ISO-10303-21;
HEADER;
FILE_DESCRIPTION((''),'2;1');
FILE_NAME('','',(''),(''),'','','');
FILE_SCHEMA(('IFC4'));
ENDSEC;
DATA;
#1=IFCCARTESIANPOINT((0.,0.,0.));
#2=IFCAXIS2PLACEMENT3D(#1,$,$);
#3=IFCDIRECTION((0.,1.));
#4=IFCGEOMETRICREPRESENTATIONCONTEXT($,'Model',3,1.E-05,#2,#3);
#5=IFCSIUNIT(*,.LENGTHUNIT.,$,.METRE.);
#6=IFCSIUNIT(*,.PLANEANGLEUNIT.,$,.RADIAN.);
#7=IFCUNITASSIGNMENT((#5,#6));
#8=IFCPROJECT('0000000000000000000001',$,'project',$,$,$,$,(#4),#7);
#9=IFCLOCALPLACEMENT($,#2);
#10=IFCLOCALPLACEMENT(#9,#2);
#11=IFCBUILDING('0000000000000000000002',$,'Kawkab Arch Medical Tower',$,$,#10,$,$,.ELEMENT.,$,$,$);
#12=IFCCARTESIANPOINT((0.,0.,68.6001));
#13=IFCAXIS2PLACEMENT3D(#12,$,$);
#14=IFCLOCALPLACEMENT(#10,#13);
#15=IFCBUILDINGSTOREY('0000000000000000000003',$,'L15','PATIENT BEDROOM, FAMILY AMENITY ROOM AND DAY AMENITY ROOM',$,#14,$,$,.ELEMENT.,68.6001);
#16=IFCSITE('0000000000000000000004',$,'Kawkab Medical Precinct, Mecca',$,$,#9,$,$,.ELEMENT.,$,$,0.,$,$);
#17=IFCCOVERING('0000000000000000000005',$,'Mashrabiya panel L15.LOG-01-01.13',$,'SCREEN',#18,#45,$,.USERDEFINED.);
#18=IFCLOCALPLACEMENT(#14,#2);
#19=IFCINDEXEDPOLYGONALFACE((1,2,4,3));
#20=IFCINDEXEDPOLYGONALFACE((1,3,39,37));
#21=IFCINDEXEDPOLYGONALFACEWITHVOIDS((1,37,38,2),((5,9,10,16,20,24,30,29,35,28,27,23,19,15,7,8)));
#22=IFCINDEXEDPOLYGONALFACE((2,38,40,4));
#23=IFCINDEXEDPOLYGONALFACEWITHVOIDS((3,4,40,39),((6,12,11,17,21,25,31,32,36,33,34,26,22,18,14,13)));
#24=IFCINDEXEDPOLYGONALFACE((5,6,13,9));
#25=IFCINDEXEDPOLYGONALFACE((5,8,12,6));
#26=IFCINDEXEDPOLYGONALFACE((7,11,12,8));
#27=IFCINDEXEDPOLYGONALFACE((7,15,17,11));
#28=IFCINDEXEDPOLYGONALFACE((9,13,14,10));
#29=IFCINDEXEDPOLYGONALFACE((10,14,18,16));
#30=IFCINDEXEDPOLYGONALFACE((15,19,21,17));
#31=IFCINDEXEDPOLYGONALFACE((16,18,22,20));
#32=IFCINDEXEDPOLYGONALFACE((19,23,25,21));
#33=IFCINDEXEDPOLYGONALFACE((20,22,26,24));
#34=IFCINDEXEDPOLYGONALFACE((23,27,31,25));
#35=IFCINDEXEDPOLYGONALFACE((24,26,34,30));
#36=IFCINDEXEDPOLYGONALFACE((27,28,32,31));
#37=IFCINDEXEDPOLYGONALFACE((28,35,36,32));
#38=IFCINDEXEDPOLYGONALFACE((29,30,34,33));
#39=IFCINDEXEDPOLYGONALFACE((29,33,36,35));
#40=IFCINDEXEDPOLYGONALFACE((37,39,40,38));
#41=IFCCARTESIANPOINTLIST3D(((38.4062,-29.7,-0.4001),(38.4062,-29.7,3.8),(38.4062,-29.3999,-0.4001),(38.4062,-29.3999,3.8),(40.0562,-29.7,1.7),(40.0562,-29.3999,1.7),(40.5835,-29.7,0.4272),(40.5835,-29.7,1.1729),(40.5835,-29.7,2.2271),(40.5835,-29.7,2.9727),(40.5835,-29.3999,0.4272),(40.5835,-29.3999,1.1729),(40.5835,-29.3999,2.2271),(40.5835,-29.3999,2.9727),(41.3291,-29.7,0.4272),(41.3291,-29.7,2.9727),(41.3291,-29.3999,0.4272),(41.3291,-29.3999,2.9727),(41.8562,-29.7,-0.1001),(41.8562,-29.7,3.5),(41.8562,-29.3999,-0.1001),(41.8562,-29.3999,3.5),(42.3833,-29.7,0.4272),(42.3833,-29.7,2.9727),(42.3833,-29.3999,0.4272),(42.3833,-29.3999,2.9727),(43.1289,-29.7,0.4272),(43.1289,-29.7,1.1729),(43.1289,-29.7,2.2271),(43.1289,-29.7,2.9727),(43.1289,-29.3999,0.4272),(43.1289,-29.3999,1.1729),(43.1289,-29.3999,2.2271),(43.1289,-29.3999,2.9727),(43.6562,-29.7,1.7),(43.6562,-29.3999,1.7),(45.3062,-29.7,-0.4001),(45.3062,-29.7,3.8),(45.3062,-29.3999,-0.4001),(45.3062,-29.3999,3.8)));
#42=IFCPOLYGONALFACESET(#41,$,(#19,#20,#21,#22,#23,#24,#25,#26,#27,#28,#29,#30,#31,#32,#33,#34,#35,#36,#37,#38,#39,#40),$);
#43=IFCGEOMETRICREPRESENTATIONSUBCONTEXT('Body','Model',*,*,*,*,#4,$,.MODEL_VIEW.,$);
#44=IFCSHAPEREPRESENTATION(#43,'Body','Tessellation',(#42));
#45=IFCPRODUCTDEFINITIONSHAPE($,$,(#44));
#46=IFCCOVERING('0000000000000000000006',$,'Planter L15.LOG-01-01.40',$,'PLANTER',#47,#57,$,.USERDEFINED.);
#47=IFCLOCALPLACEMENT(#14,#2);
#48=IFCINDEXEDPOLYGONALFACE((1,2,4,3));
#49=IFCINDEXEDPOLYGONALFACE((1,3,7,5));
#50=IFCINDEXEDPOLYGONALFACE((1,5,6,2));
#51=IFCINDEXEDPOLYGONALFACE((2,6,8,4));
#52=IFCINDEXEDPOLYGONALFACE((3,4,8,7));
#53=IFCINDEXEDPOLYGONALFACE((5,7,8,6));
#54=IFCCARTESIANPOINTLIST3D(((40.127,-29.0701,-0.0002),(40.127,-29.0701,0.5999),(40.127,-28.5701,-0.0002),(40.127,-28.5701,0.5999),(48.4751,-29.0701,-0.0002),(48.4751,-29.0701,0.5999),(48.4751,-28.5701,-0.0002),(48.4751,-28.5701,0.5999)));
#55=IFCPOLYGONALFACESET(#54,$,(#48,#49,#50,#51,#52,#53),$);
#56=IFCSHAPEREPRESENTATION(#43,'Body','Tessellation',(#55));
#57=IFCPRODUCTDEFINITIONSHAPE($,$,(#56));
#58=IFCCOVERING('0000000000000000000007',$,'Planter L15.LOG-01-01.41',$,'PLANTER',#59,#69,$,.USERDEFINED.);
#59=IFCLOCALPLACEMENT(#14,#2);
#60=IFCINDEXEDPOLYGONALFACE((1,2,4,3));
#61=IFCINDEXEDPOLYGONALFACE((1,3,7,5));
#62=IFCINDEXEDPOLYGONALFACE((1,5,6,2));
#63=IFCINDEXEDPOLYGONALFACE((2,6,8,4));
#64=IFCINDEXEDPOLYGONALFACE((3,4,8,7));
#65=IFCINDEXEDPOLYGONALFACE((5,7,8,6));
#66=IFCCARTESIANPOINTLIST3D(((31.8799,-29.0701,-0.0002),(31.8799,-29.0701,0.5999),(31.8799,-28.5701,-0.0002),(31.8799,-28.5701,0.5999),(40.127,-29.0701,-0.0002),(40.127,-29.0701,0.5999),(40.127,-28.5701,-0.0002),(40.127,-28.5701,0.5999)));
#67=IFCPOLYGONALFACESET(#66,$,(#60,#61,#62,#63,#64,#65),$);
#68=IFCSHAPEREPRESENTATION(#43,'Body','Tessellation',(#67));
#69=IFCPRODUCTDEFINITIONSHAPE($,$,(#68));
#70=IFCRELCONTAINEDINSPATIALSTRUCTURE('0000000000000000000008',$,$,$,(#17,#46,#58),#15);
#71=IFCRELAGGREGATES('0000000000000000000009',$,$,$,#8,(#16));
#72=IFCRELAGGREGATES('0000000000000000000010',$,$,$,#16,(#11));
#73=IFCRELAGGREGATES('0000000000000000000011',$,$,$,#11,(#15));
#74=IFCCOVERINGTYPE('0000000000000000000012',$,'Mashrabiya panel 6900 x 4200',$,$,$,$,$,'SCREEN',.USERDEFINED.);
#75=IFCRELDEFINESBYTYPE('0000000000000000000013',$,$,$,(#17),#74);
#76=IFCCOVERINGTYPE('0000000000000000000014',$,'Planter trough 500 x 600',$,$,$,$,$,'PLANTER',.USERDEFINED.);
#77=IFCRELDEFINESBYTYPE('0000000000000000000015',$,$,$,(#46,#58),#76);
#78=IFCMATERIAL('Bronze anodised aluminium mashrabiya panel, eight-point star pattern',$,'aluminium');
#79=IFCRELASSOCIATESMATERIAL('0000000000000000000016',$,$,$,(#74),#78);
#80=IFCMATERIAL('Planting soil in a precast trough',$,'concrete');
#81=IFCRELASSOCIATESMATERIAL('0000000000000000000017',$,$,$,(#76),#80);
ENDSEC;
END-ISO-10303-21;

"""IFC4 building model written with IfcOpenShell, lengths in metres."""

from ifc_helpers import new_model, si_unit, direction, frame, origin, origin_2d, place, context, subcontext, project, spatial, polyline, rectangle, outline, extrude, material, material_profile, profile_set, type_object, element, save


model = new_model("IFC4")

# Units and contexts
model_context = context("Model", 3, precision=1e-05, world=origin(), true_north=direction((0.0, 1.0)))
body_context = subcontext(model_context, "Body", "Model", "MODEL_VIEW")
ifc_project = project(units=[si_unit("LENGTHUNIT", "METRE"), si_unit("PLANEANGLEUNIT", "RADIAN")], contexts=[model_context])

# Site, building, storey
site_placement = place(None, origin())
site = spatial("IfcSite", under=ifc_project, at=site_placement, Name="Kawkab Medical Precinct, Mecca", CompositionType="ELEMENT", RefElevation=0.0)
building_placement = place(site_placement, origin())
building = spatial("IfcBuilding", under=site, at=building_placement, Name="Kawkab Arch Medical Tower", CompositionType="ELEMENT")
storey_placement = place(building_placement, frame((0.0, 0.0, 68.6001)))
storey = spatial("IfcBuildingStorey", under=building, at=storey_placement, Name="L15", Description="PATIENT BEDROOM, FAMILY AMENITY ROOM AND DAY AMENITY ROOM", CompositionType="ELEMENT", Elevation=68.6001)

# Coverings
ifc_material_1 = material(Name="Bronze anodised aluminium mashrabiya panel, eight-point star pattern", Category="aluminium")
ifc_material_profile_1 = material_profile(ifc_material_1, outline(polyline([(-3.45, -2.1001), (3.45, -2.1001), (3.45, 2.1001), (-3.45, 2.1001), (-3.45, -2.1001)]), holes=[polyline([(1.8, 0.0), (1.2727, 0.5271), (1.2727, 1.2727), (0.5271, 1.2727), (0.0, 1.8), (-0.5271, 1.2727), (-1.2727, 1.2727), (-1.2727, 0.5271), (-1.8, 0.0), (-1.2727, -0.5271), (-1.2727, -1.2727), (-0.5271, -1.2727), (0.0, -1.8), (0.5271, -1.2727), (1.2727, -1.2727), (1.2727, -0.5271), (1.8, 0.0)])]), Name="Mashrabiya panel 6900x4200")
ifc_profile_set_1 = profile_set([ifc_material_profile_1], Name="Bronze anodised aluminium mashrabiya panel, eight-point star pattern")
covering_type_1 = type_object("IfcCoveringType", Name="Mashrabiya panel 6900 x 4200", ElementType="SCREEN", PredefinedType="USERDEFINED", material=ifc_profile_set_1)
covering_1_placement = place(storey_placement, frame((41.8562, -29.3999, 1.7), z_axis=(0.0, -1.0, 0.0), x_axis=(1.0, 0.0, 0.0)))
element("IfcCovering", 1, at=covering_1_placement, inside=storey, type_object=covering_type_1, Name="Mashrabiya panel L15.LOG-01-01.13", ObjectType="SCREEN", PredefinedType="USERDEFINED", context=body_context, shape_type="SweptSolid", body=[
    extrude(outline(polyline([(-3.45, -2.1001), (3.45, -2.1001), (3.45, 2.1001), (-3.45, 2.1001), (-3.45, -2.1001)]), holes=[polyline([(1.8, 0.0), (1.2727, 0.5271), (1.2727, 1.2727), (0.5271, 1.2727), (0.0, 1.8), (-0.5271, 1.2727), (-1.2727, 1.2727), (-1.2727, 0.5271), (-1.8, 0.0), (-1.2727, -0.5271), (-1.2727, -1.2727), (-0.5271, -1.2727), (0.0, -1.8), (0.5271, -1.2727), (1.2727, -1.2727), (1.2727, -0.5271), (1.8, 0.0)])]), origin(), (0.0, 0.0, 1.0), 0.3),
])
ifc_material_2 = material(Name="Planting soil in a precast trough", Category="concrete")
ifc_material_profile_2 = material_profile(ifc_material_2, rectangle(XDim=0.5, YDim=0.6001, at=origin_2d()), Name="Trough 500x600")
ifc_profile_set_2 = profile_set([ifc_material_profile_2], Name="Planting soil in a precast trough")
covering_type_2 = type_object("IfcCoveringType", Name="Planter trough 500 x 600", ElementType="PLANTER", PredefinedType="USERDEFINED", material=ifc_profile_set_2)
covering_2_placement = place(storey_placement, frame((48.4751, -28.8201, 0.2998), z_axis=(-1.0, 0.0, 0.0), x_axis=(0.0, -1.0, 0.0)))
element("IfcCovering", 2, at=covering_2_placement, inside=storey, type_object=covering_type_2, Name="Planter L15.LOG-01-01.40", ObjectType="PLANTER", PredefinedType="USERDEFINED", context=body_context, shape_type="SweptSolid", body=[
    extrude(rectangle(XDim=0.5, YDim=0.6001, at=origin_2d()), origin(), (0.0, 0.0, 1.0), 8.3481),
])
covering_3_placement = place(storey_placement, frame((40.127, -28.8201, 0.2998), z_axis=(-1.0, 0.0, 0.0), x_axis=(0.0, -1.0, 0.0)))
element("IfcCovering", 3, at=covering_3_placement, inside=storey, type_object=covering_type_2, Name="Planter L15.LOG-01-01.41", ObjectType="PLANTER", PredefinedType="USERDEFINED", context=body_context, shape_type="SweptSolid", body=[
    extrude(rectangle(XDim=0.5, YDim=0.6001, at=origin_2d()), origin(), (0.0, 0.0, 1.0), 8.2471),
])

save(model, "model.ifc")
